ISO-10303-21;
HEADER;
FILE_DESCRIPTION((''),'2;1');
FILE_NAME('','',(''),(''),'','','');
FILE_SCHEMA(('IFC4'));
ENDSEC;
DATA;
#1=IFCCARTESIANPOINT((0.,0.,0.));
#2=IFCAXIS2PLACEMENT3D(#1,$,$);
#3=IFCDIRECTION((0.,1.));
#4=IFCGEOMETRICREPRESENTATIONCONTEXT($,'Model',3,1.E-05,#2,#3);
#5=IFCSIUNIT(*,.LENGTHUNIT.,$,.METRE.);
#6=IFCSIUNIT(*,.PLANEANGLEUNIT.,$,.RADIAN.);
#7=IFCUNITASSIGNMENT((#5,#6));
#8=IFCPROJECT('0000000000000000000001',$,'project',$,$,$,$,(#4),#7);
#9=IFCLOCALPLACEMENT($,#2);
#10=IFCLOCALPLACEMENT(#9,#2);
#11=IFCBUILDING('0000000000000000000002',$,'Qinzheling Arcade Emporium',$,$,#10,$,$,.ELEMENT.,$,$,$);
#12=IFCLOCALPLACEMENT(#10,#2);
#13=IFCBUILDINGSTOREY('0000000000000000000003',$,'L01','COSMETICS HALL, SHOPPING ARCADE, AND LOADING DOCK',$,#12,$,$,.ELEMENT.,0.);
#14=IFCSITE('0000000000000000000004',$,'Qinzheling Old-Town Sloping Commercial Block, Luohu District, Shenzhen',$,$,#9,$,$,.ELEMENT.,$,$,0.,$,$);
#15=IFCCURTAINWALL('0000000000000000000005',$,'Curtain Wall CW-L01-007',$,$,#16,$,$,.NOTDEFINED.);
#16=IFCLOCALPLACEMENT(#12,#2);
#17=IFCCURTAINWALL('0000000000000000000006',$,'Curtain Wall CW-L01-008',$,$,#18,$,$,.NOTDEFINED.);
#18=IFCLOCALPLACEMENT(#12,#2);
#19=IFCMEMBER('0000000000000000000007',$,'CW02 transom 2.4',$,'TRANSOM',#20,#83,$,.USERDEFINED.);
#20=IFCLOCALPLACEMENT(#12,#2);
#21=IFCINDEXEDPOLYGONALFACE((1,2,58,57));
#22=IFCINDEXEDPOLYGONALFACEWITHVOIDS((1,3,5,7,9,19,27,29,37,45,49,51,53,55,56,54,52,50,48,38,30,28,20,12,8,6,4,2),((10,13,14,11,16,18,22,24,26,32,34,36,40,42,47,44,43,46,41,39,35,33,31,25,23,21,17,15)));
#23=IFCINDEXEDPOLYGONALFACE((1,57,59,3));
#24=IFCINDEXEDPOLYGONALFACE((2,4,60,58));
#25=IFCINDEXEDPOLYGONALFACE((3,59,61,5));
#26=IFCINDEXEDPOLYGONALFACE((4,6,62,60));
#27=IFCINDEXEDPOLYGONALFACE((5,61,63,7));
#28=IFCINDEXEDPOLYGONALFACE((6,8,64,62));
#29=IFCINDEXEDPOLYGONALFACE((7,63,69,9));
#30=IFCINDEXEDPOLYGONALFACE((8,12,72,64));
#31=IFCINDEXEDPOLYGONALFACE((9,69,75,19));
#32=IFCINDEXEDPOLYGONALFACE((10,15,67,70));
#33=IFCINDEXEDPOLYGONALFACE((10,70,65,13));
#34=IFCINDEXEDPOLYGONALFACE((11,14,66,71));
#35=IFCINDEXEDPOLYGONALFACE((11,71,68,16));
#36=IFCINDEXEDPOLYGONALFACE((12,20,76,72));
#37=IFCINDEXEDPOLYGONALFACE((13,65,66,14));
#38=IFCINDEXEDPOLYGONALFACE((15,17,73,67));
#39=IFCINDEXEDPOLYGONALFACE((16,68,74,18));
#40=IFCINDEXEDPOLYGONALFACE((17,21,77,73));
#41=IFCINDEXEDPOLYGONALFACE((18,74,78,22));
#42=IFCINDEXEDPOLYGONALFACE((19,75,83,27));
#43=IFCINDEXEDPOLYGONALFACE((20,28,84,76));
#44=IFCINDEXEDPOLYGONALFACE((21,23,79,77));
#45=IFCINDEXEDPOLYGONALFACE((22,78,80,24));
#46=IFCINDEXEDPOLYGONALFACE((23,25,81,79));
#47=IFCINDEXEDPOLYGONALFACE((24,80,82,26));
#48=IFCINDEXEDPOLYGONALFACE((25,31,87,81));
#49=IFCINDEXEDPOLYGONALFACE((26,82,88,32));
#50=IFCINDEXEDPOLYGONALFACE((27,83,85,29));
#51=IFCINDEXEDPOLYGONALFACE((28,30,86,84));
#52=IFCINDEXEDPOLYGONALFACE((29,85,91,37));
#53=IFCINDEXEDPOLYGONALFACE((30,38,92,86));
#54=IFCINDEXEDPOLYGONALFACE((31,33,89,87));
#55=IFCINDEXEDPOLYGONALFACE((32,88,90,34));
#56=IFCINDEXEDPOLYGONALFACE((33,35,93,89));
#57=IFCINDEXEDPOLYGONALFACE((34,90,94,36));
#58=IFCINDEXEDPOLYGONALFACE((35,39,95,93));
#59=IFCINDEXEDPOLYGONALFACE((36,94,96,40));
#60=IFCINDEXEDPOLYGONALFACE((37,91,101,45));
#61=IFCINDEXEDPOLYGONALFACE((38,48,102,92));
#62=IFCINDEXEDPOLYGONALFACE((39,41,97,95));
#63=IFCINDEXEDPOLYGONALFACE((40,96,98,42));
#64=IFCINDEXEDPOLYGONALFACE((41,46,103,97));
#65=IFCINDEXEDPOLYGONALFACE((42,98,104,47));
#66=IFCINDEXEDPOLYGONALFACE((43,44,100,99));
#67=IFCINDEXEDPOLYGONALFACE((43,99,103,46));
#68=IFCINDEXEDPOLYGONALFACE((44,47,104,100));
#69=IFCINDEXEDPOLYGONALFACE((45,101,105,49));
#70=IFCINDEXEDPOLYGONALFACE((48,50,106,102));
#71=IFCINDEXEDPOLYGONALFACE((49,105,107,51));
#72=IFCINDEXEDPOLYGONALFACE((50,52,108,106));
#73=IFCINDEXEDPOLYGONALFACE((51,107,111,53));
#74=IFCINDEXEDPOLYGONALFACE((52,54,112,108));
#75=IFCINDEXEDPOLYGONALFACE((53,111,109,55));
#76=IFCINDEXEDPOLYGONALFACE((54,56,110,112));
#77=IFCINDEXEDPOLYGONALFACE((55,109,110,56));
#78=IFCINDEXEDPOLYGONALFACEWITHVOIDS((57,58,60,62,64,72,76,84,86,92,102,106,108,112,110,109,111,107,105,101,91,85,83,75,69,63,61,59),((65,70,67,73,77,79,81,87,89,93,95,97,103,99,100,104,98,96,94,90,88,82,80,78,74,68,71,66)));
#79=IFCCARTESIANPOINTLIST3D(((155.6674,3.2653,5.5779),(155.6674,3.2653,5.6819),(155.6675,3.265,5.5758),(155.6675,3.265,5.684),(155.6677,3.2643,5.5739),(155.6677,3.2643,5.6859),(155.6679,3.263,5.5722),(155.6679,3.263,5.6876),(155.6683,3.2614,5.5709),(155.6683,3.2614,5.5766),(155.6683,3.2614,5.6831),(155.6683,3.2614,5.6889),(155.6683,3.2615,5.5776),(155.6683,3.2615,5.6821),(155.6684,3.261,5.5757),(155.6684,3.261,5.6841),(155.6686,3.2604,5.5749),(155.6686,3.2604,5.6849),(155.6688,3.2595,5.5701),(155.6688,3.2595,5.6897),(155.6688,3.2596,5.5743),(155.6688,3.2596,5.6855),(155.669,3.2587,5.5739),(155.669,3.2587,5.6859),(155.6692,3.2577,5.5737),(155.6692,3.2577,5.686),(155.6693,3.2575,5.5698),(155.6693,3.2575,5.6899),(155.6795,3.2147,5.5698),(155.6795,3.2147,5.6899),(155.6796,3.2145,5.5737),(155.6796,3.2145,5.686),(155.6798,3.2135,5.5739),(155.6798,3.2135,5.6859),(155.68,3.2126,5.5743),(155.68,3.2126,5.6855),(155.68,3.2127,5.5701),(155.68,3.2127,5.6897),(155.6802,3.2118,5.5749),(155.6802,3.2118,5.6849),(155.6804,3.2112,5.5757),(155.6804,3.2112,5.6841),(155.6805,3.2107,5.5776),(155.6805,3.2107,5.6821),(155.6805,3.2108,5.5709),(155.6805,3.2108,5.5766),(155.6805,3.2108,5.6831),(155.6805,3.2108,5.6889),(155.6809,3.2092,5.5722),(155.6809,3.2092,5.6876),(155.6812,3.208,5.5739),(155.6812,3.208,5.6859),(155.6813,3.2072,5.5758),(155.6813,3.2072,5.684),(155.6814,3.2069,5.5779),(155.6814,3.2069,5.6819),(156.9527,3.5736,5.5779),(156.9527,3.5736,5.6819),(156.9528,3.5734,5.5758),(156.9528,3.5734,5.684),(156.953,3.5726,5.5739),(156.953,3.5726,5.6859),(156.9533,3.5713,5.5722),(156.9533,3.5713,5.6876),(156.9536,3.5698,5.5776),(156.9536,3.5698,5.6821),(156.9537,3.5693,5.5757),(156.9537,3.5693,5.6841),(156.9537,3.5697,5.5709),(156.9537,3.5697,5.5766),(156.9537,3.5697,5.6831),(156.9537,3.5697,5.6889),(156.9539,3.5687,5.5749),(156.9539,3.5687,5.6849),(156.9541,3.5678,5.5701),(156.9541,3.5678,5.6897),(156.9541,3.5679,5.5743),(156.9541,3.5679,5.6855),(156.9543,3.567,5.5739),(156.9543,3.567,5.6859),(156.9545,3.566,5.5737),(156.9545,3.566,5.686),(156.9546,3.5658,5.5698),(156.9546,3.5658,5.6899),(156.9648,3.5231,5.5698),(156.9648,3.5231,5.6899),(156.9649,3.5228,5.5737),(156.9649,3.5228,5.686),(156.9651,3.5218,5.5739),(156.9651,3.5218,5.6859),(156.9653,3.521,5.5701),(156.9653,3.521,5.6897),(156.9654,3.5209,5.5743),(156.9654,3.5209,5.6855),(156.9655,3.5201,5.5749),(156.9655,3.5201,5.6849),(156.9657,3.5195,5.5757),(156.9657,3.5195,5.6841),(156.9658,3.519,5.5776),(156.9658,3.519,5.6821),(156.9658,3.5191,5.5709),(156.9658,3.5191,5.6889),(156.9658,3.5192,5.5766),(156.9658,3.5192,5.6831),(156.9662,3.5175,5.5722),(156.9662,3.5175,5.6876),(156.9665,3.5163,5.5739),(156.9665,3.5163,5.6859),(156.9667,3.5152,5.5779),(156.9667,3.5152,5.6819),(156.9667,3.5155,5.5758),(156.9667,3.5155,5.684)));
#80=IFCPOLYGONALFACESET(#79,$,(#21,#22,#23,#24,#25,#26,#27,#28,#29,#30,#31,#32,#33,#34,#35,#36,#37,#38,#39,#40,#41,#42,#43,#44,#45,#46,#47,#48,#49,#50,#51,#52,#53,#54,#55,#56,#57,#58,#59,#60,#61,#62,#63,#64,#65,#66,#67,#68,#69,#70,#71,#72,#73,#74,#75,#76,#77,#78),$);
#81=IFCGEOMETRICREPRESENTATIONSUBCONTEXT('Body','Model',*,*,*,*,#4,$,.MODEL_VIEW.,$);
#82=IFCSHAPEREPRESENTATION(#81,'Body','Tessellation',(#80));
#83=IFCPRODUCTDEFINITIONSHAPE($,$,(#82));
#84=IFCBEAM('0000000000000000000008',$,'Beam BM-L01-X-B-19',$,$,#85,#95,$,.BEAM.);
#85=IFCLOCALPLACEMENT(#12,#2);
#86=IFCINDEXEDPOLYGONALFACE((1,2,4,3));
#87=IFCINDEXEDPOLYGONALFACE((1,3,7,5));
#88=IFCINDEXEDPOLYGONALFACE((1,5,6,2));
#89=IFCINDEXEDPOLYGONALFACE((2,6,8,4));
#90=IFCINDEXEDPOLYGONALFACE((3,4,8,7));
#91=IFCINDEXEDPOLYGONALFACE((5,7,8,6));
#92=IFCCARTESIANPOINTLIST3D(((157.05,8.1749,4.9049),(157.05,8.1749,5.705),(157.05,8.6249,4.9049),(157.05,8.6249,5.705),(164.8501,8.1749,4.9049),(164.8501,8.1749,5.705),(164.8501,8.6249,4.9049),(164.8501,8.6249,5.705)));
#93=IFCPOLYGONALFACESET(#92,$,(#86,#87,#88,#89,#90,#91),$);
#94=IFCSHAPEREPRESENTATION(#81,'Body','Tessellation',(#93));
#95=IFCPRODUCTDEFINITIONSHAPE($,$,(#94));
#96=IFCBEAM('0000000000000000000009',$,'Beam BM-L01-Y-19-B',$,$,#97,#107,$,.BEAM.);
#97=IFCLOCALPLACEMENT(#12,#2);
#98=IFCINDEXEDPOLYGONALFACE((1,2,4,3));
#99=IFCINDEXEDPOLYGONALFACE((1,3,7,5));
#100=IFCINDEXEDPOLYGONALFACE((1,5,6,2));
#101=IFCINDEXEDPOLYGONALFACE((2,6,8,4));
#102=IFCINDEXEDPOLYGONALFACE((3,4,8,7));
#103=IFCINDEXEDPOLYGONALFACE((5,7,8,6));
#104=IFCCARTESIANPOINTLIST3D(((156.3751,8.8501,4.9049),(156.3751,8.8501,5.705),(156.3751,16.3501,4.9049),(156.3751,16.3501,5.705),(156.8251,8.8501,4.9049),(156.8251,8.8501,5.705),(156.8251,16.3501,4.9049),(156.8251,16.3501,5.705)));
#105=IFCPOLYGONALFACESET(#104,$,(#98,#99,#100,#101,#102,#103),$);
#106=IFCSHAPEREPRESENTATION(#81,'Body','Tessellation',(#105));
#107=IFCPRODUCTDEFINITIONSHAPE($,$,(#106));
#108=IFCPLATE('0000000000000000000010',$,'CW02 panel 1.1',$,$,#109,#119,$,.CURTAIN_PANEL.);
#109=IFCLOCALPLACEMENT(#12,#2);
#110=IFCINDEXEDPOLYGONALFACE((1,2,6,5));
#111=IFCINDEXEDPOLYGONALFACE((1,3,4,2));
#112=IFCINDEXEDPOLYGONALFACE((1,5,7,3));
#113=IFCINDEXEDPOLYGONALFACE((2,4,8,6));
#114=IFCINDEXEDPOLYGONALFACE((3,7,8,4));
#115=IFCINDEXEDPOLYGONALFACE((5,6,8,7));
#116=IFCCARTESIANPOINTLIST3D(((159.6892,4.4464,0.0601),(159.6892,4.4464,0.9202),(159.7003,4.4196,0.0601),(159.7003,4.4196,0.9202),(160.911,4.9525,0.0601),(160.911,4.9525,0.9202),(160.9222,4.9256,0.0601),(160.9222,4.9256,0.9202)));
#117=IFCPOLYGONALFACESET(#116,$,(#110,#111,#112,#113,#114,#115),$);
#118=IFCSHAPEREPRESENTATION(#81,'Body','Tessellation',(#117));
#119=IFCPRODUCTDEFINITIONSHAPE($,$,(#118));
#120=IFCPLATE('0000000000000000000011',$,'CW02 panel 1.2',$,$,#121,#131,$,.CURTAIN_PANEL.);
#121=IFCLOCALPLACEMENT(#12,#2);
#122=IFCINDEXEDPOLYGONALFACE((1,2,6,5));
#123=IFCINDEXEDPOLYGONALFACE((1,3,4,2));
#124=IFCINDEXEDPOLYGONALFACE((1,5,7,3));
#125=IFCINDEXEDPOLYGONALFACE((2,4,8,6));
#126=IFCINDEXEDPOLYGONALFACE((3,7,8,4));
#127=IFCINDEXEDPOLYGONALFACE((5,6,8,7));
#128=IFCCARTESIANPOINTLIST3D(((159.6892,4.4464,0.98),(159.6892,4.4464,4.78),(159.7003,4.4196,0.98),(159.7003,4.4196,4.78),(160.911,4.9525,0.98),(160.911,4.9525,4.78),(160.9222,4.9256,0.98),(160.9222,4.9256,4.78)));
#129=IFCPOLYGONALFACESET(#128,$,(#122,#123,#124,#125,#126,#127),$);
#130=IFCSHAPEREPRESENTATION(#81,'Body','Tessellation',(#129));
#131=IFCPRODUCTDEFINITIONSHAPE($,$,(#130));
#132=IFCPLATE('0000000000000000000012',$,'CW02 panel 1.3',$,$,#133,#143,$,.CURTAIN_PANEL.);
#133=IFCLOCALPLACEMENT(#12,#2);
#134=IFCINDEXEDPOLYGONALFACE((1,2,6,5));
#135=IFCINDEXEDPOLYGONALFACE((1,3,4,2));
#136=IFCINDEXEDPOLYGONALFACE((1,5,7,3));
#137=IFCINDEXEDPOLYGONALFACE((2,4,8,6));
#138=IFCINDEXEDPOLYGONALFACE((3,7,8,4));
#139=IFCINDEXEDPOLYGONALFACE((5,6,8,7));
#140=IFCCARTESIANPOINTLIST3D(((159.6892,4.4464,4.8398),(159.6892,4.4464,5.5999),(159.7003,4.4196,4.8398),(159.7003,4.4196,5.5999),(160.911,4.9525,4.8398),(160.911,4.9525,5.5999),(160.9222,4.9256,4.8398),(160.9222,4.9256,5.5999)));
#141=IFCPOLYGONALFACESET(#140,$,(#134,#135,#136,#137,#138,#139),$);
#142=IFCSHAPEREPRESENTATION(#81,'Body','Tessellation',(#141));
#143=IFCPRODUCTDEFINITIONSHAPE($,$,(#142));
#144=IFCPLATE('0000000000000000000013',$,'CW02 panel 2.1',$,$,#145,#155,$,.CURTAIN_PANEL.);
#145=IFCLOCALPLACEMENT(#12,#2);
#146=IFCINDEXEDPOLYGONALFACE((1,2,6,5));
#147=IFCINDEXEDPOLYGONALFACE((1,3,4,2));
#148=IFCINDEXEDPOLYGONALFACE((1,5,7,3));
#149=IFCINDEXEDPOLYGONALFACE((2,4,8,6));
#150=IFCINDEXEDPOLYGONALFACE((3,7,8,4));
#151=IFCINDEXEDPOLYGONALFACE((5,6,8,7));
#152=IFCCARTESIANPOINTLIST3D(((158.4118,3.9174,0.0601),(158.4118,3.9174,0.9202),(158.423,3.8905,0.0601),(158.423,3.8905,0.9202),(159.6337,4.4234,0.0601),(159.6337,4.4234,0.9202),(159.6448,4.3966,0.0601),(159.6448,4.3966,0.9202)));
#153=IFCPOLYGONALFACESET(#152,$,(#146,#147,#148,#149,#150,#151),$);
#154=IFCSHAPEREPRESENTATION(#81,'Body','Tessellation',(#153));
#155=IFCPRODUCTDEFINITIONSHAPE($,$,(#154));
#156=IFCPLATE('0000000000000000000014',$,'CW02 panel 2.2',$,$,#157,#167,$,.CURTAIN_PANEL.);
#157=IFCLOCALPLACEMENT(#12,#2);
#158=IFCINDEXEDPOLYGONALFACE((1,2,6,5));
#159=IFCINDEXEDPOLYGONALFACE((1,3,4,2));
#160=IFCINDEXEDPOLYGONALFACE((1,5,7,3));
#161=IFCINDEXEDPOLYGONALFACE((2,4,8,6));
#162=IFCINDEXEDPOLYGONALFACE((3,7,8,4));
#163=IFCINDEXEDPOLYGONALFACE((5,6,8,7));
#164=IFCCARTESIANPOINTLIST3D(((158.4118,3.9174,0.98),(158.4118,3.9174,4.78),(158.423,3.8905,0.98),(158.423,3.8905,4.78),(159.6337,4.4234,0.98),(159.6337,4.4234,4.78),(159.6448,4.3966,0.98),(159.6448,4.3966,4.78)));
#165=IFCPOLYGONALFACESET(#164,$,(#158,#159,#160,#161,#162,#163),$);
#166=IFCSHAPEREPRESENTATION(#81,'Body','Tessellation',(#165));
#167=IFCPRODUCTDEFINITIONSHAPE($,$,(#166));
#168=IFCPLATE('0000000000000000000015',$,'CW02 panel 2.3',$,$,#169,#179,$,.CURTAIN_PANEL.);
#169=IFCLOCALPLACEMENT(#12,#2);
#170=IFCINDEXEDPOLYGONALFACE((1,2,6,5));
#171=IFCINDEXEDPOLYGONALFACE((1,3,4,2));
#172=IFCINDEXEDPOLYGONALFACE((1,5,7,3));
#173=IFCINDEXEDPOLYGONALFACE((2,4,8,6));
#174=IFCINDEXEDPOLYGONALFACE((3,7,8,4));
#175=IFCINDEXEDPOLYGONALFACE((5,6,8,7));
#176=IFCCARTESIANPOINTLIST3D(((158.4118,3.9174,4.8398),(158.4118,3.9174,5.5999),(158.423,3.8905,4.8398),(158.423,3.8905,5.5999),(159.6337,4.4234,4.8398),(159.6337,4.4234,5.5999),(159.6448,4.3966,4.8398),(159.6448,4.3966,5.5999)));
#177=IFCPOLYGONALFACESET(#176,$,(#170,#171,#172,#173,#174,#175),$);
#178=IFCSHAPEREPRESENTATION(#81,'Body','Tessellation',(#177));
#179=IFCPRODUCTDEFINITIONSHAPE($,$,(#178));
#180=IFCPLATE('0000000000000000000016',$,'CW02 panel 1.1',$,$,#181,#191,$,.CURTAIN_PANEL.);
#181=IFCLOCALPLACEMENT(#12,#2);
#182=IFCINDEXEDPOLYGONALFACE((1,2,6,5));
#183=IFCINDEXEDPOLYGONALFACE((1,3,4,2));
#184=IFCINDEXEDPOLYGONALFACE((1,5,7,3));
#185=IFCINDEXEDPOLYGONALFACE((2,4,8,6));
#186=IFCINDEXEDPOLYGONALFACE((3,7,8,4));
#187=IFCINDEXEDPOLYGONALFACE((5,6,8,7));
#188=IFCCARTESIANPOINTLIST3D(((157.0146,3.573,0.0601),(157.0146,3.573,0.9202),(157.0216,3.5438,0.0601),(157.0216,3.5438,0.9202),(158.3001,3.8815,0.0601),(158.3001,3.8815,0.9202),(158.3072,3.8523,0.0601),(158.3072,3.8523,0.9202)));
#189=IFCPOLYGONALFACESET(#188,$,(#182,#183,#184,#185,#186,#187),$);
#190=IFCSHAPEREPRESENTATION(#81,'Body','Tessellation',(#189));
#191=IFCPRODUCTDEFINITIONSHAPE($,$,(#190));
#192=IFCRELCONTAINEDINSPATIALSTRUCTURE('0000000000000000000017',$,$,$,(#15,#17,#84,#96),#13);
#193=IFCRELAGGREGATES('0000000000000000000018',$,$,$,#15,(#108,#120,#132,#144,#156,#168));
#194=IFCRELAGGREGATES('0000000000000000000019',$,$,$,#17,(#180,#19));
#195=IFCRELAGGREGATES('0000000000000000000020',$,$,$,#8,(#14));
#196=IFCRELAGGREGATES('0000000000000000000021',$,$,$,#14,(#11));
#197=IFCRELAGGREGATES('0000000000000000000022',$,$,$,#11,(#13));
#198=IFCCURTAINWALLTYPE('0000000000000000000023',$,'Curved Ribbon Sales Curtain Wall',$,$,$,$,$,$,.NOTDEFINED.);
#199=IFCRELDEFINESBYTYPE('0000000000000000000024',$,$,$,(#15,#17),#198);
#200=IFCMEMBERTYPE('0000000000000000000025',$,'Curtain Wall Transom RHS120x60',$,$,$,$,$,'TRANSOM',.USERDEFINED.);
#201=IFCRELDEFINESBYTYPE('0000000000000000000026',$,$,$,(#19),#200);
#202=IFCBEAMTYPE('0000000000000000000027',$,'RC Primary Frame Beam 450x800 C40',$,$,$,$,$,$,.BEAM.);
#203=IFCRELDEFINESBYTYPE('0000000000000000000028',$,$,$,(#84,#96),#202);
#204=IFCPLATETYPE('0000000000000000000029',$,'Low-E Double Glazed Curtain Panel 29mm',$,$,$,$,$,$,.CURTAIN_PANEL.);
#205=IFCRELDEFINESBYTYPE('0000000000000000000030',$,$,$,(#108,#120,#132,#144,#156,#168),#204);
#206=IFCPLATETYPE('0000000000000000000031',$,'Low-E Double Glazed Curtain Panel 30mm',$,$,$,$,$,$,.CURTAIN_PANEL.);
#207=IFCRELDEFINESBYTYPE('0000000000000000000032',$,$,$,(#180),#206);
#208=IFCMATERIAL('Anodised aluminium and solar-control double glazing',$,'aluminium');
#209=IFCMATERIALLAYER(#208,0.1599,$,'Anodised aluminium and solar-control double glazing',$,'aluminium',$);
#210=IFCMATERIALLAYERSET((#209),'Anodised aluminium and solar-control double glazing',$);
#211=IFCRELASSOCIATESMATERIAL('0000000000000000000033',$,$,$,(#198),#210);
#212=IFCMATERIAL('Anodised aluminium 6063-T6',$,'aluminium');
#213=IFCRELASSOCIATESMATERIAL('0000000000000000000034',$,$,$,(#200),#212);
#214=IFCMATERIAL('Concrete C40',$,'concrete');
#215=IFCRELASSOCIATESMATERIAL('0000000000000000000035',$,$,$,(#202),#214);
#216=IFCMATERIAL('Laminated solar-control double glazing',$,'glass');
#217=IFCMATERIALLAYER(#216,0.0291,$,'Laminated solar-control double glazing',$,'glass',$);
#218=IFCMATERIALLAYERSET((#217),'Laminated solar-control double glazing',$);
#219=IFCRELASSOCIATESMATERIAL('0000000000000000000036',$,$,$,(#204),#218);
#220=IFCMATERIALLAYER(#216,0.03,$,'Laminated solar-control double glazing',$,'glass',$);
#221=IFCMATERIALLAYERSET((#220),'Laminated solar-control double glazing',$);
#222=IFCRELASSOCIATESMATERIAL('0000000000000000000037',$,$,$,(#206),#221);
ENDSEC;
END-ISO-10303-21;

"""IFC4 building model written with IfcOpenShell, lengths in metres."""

from ifc_helpers import new_model, si_unit, direction, frame, origin, origin_2d, place, context, subcontext, project, spatial, rectangle, hollow_rectangle, extrude, material, layer, layer_set, material_profile, profile_set, type_object, element, aggregate, save


model = new_model("IFC4")

# Units and contexts
model_context = context("Model", 3, precision=1e-05, world=origin(), true_north=direction((0.0, 1.0)))
body_context = subcontext(model_context, "Body", "Model", "MODEL_VIEW")
ifc_project = project(units=[si_unit("LENGTHUNIT", "METRE"), si_unit("PLANEANGLEUNIT", "RADIAN")], contexts=[model_context])

# Site, building, storey
site_placement = place(None, origin())
site = spatial("IfcSite", under=ifc_project, at=site_placement, Name="Qinzheling Old-Town Sloping Commercial Block, Luohu District, Shenzhen", CompositionType="ELEMENT", RefElevation=0.0)
building_placement = place(site_placement, origin())
building = spatial("IfcBuilding", under=site, at=building_placement, Name="Qinzheling Arcade Emporium", CompositionType="ELEMENT")
storey_placement = place(building_placement, origin())
storey = spatial("IfcBuildingStorey", under=building, at=storey_placement, Name="L01", Description="COSMETICS HALL, SHOPPING ARCADE, AND LOADING DOCK", CompositionType="ELEMENT", Elevation=0.0)

# Curtain walls
ifc_material_1 = material(Name="Anodised aluminium and solar-control double glazing", Category="aluminium")
ifc_layer_1 = layer(ifc_material_1, 0.1599, Name="Anodised aluminium and solar-control double glazing", Category="aluminium")
ifc_layer_set_1 = layer_set([ifc_layer_1], Name="Anodised aluminium and solar-control double glazing")
curtain_wall_type = type_object("IfcCurtainWallType", Name="Curved Ribbon Sales Curtain Wall", PredefinedType="NOTDEFINED", material=ifc_layer_set_1)
curtain_wall_1_placement = place(storey_placement, origin())
curtain_wall_1 = element("IfcCurtainWall", 1, at=curtain_wall_1_placement, inside=storey, type_object=curtain_wall_type, Name="Curtain Wall CW-L01-007", PredefinedType="NOTDEFINED")
ifc_material_2 = material(Name="Anodised aluminium 6063-T6", Category="aluminium")
curtain_wall_2_placement = place(storey_placement, origin())
curtain_wall_2 = element("IfcCurtainWall", 2, at=curtain_wall_2_placement, inside=storey, type_object=curtain_wall_type, Name="Curtain Wall CW-L01-008", PredefinedType="NOTDEFINED")

# Member
ifc_material_profile_1 = material_profile(ifc_material_2, hollow_rectangle(XDim=0.0601, YDim=0.1201, WallThickness=0.0039, InnerFilletRadius=0.0039, OuterFilletRadius=0.0081, at=origin_2d()), Name="RHS 120x60x4", Category="aluminium")
ifc_profile_set_1 = profile_set([ifc_material_profile_1], Name="Anodised aluminium 6063-T6")
member_type_1 = type_object("IfcMemberType", Name="Curtain Wall Transom RHS120x60", ElementType="TRANSOM", PredefinedType="USERDEFINED", material=ifc_profile_set_1)
member_1_placement = place(storey_placement, frame((156.9597, 3.5444, 5.6299), z_axis=(-0.972412, -0.233268, 0.0), x_axis=(0.233268, -0.972412, 0.0)))
member_1 = element("IfcMember", 3, at=member_1_placement, type_object=member_type_1, Name="CW02 transom 2.4", ObjectType="TRANSOM", PredefinedType="USERDEFINED", context=body_context, shape_type="SweptSolid", body=[
    extrude(hollow_rectangle(XDim=0.0601, YDim=0.1201, WallThickness=0.0039, InnerFilletRadius=0.0039, OuterFilletRadius=0.0081, at=origin_2d()), origin(), (0.0, 0.0, 1.0), 1.3218),
])

# Beams
ifc_material_3 = material(Name="Concrete C40", Category="concrete")
ifc_material_profile_2 = material_profile(ifc_material_3, rectangle(XDim=0.45, YDim=0.8, at=origin_2d()), Name="RC 450x800", Category="concrete")
ifc_profile_set_2 = profile_set([ifc_material_profile_2], Name="Concrete C40")
beam_type_1 = type_object("IfcBeamType", Name="RC Primary Frame Beam 450x800 C40", PredefinedType="BEAM", material=ifc_profile_set_2)
beam_1_placement = place(storey_placement, frame((157.05, 8.3999, 5.3049), z_axis=(1.0, 0.0, 0.0), x_axis=(0.0, 1.0, 0.0)))
element("IfcBeam", 4, at=beam_1_placement, inside=storey, type_object=beam_type_1, Name="Beam BM-L01-X-B-19", PredefinedType="BEAM", context=body_context, shape_type="SweptSolid", body=[
    extrude(rectangle(XDim=0.45, YDim=0.8, at=origin_2d()), origin(), (0.0, 0.0, 1.0), 7.8),
])
beam_2_placement = place(storey_placement, frame((156.6001, 8.8501, 5.3049), z_axis=(0.0, 1.0, 0.0), x_axis=(-1.0, 0.0, 0.0)))
element("IfcBeam", 5, at=beam_2_placement, inside=storey, type_object=beam_type_1, Name="Beam BM-L01-Y-19-B", PredefinedType="BEAM", context=body_context, shape_type="SweptSolid", body=[
    extrude(rectangle(XDim=0.45, YDim=0.8, at=origin_2d()), origin(), (0.0, 0.0, 1.0), 7.5),
])

# Plates
ifc_material_4 = material(Name="Laminated solar-control double glazing", Category="glass")
ifc_layer_2 = layer(ifc_material_4, 0.0291, Name="Laminated solar-control double glazing", Category="glass")
ifc_layer_set_2 = layer_set([ifc_layer_2], Name="Laminated solar-control double glazing")
plate_type_1 = type_object("IfcPlateType", Name="Low-E Double Glazed Curtain Panel 29mm", PredefinedType="CURTAIN_PANEL", material=ifc_layer_set_2)
plate_1_placement = place(storey_placement, frame((160.3057, 4.686, 0.0601), z_axis=(0.0, 0.0, 1.0), x_axis=(-0.923892, -0.382654, 0.0)))
plate_1 = element("IfcPlate", 6, at=plate_1_placement, type_object=plate_type_1, Name="CW02 panel 1.1", PredefinedType="CURTAIN_PANEL", context=body_context, shape_type="SweptSolid", body=[
    extrude(rectangle(XDim=1.3225, YDim=0.0291, at=origin_2d()), origin(), (0.0, 0.0, 1.0), 0.8601),
])
plate_2_placement = place(storey_placement, frame((160.3057, 4.686, 0.98), z_axis=(0.0, 0.0, 1.0), x_axis=(-0.923892, -0.382654, 0.0)))
plate_2 = element("IfcPlate", 7, at=plate_2_placement, type_object=plate_type_1, Name="CW02 panel 1.2", PredefinedType="CURTAIN_PANEL", context=body_context, shape_type="SweptSolid", body=[
    extrude(rectangle(XDim=1.3225, YDim=0.0291, at=origin_2d()), origin(), (0.0, 0.0, 1.0), 3.8),
])
plate_3_placement = place(storey_placement, frame((160.3057, 4.686, 4.8398), z_axis=(0.0, 0.0, 1.0), x_axis=(-0.923892, -0.382654, 0.0)))
plate_3 = element("IfcPlate", 8, at=plate_3_placement, type_object=plate_type_1, Name="CW02 panel 1.3", PredefinedType="CURTAIN_PANEL", context=body_context, shape_type="SweptSolid", body=[
    extrude(rectangle(XDim=1.3225, YDim=0.0291, at=origin_2d()), origin(), (0.0, 0.0, 1.0), 0.76),
])
plate_4_placement = place(storey_placement, frame((159.0283, 4.157, 0.0601), z_axis=(0.0, 0.0, 1.0), x_axis=(-0.923892, -0.382654, 0.0)))
plate_4 = element("IfcPlate", 9, at=plate_4_placement, type_object=plate_type_1, Name="CW02 panel 2.1", PredefinedType="CURTAIN_PANEL", context=body_context, shape_type="SweptSolid", body=[
    extrude(rectangle(XDim=1.3225, YDim=0.0291, at=origin_2d()), origin(), (0.0, 0.0, 1.0), 0.8601),
])
plate_5_placement = place(storey_placement, frame((159.0283, 4.157, 0.98), z_axis=(0.0, 0.0, 1.0), x_axis=(-0.923892, -0.382654, 0.0)))
plate_5 = element("IfcPlate", 10, at=plate_5_placement, type_object=plate_type_1, Name="CW02 panel 2.2", PredefinedType="CURTAIN_PANEL", context=body_context, shape_type="SweptSolid", body=[
    extrude(rectangle(XDim=1.3225, YDim=0.0291, at=origin_2d()), origin(), (0.0, 0.0, 1.0), 3.8),
])
plate_6_placement = place(storey_placement, frame((159.0283, 4.157, 4.8398), z_axis=(0.0, 0.0, 1.0), x_axis=(-0.923892, -0.382654, 0.0)))
plate_6 = element("IfcPlate", 11, at=plate_6_placement, type_object=plate_type_1, Name="CW02 panel 2.3", PredefinedType="CURTAIN_PANEL", context=body_context, shape_type="SweptSolid", body=[
    extrude(rectangle(XDim=1.3225, YDim=0.0291, at=origin_2d()), origin(), (0.0, 0.0, 1.0), 0.76),
])
aggregate(curtain_wall_1, [plate_1, plate_2, plate_3, plate_4, plate_5, plate_6])
ifc_layer_3 = layer(ifc_material_4, 0.03, Name="Laminated solar-control double glazing", Category="glass")
ifc_layer_set_3 = layer_set([ifc_layer_3], Name="Laminated solar-control double glazing")
plate_type_2 = type_object("IfcPlateType", Name="Low-E Double Glazed Curtain Panel 30mm", PredefinedType="CURTAIN_PANEL", material=ifc_layer_set_3)
plate_7_placement = place(storey_placement, frame((157.6609, 3.7126, 0.0601), z_axis=(0.0, 0.0, 1.0), x_axis=(-0.972391, -0.23336, 0.0)))
plate_7 = element("IfcPlate", 12, at=plate_7_placement, type_object=plate_type_2, Name="CW02 panel 1.1", PredefinedType="CURTAIN_PANEL", context=body_context, shape_type="SweptSolid", body=[
    extrude(rectangle(XDim=1.322, YDim=0.03, at=origin_2d()), origin(), (0.0, 0.0, 1.0), 0.8601),
])
aggregate(curtain_wall_2, [plate_7, member_1])

save(model, "model.ifc")
